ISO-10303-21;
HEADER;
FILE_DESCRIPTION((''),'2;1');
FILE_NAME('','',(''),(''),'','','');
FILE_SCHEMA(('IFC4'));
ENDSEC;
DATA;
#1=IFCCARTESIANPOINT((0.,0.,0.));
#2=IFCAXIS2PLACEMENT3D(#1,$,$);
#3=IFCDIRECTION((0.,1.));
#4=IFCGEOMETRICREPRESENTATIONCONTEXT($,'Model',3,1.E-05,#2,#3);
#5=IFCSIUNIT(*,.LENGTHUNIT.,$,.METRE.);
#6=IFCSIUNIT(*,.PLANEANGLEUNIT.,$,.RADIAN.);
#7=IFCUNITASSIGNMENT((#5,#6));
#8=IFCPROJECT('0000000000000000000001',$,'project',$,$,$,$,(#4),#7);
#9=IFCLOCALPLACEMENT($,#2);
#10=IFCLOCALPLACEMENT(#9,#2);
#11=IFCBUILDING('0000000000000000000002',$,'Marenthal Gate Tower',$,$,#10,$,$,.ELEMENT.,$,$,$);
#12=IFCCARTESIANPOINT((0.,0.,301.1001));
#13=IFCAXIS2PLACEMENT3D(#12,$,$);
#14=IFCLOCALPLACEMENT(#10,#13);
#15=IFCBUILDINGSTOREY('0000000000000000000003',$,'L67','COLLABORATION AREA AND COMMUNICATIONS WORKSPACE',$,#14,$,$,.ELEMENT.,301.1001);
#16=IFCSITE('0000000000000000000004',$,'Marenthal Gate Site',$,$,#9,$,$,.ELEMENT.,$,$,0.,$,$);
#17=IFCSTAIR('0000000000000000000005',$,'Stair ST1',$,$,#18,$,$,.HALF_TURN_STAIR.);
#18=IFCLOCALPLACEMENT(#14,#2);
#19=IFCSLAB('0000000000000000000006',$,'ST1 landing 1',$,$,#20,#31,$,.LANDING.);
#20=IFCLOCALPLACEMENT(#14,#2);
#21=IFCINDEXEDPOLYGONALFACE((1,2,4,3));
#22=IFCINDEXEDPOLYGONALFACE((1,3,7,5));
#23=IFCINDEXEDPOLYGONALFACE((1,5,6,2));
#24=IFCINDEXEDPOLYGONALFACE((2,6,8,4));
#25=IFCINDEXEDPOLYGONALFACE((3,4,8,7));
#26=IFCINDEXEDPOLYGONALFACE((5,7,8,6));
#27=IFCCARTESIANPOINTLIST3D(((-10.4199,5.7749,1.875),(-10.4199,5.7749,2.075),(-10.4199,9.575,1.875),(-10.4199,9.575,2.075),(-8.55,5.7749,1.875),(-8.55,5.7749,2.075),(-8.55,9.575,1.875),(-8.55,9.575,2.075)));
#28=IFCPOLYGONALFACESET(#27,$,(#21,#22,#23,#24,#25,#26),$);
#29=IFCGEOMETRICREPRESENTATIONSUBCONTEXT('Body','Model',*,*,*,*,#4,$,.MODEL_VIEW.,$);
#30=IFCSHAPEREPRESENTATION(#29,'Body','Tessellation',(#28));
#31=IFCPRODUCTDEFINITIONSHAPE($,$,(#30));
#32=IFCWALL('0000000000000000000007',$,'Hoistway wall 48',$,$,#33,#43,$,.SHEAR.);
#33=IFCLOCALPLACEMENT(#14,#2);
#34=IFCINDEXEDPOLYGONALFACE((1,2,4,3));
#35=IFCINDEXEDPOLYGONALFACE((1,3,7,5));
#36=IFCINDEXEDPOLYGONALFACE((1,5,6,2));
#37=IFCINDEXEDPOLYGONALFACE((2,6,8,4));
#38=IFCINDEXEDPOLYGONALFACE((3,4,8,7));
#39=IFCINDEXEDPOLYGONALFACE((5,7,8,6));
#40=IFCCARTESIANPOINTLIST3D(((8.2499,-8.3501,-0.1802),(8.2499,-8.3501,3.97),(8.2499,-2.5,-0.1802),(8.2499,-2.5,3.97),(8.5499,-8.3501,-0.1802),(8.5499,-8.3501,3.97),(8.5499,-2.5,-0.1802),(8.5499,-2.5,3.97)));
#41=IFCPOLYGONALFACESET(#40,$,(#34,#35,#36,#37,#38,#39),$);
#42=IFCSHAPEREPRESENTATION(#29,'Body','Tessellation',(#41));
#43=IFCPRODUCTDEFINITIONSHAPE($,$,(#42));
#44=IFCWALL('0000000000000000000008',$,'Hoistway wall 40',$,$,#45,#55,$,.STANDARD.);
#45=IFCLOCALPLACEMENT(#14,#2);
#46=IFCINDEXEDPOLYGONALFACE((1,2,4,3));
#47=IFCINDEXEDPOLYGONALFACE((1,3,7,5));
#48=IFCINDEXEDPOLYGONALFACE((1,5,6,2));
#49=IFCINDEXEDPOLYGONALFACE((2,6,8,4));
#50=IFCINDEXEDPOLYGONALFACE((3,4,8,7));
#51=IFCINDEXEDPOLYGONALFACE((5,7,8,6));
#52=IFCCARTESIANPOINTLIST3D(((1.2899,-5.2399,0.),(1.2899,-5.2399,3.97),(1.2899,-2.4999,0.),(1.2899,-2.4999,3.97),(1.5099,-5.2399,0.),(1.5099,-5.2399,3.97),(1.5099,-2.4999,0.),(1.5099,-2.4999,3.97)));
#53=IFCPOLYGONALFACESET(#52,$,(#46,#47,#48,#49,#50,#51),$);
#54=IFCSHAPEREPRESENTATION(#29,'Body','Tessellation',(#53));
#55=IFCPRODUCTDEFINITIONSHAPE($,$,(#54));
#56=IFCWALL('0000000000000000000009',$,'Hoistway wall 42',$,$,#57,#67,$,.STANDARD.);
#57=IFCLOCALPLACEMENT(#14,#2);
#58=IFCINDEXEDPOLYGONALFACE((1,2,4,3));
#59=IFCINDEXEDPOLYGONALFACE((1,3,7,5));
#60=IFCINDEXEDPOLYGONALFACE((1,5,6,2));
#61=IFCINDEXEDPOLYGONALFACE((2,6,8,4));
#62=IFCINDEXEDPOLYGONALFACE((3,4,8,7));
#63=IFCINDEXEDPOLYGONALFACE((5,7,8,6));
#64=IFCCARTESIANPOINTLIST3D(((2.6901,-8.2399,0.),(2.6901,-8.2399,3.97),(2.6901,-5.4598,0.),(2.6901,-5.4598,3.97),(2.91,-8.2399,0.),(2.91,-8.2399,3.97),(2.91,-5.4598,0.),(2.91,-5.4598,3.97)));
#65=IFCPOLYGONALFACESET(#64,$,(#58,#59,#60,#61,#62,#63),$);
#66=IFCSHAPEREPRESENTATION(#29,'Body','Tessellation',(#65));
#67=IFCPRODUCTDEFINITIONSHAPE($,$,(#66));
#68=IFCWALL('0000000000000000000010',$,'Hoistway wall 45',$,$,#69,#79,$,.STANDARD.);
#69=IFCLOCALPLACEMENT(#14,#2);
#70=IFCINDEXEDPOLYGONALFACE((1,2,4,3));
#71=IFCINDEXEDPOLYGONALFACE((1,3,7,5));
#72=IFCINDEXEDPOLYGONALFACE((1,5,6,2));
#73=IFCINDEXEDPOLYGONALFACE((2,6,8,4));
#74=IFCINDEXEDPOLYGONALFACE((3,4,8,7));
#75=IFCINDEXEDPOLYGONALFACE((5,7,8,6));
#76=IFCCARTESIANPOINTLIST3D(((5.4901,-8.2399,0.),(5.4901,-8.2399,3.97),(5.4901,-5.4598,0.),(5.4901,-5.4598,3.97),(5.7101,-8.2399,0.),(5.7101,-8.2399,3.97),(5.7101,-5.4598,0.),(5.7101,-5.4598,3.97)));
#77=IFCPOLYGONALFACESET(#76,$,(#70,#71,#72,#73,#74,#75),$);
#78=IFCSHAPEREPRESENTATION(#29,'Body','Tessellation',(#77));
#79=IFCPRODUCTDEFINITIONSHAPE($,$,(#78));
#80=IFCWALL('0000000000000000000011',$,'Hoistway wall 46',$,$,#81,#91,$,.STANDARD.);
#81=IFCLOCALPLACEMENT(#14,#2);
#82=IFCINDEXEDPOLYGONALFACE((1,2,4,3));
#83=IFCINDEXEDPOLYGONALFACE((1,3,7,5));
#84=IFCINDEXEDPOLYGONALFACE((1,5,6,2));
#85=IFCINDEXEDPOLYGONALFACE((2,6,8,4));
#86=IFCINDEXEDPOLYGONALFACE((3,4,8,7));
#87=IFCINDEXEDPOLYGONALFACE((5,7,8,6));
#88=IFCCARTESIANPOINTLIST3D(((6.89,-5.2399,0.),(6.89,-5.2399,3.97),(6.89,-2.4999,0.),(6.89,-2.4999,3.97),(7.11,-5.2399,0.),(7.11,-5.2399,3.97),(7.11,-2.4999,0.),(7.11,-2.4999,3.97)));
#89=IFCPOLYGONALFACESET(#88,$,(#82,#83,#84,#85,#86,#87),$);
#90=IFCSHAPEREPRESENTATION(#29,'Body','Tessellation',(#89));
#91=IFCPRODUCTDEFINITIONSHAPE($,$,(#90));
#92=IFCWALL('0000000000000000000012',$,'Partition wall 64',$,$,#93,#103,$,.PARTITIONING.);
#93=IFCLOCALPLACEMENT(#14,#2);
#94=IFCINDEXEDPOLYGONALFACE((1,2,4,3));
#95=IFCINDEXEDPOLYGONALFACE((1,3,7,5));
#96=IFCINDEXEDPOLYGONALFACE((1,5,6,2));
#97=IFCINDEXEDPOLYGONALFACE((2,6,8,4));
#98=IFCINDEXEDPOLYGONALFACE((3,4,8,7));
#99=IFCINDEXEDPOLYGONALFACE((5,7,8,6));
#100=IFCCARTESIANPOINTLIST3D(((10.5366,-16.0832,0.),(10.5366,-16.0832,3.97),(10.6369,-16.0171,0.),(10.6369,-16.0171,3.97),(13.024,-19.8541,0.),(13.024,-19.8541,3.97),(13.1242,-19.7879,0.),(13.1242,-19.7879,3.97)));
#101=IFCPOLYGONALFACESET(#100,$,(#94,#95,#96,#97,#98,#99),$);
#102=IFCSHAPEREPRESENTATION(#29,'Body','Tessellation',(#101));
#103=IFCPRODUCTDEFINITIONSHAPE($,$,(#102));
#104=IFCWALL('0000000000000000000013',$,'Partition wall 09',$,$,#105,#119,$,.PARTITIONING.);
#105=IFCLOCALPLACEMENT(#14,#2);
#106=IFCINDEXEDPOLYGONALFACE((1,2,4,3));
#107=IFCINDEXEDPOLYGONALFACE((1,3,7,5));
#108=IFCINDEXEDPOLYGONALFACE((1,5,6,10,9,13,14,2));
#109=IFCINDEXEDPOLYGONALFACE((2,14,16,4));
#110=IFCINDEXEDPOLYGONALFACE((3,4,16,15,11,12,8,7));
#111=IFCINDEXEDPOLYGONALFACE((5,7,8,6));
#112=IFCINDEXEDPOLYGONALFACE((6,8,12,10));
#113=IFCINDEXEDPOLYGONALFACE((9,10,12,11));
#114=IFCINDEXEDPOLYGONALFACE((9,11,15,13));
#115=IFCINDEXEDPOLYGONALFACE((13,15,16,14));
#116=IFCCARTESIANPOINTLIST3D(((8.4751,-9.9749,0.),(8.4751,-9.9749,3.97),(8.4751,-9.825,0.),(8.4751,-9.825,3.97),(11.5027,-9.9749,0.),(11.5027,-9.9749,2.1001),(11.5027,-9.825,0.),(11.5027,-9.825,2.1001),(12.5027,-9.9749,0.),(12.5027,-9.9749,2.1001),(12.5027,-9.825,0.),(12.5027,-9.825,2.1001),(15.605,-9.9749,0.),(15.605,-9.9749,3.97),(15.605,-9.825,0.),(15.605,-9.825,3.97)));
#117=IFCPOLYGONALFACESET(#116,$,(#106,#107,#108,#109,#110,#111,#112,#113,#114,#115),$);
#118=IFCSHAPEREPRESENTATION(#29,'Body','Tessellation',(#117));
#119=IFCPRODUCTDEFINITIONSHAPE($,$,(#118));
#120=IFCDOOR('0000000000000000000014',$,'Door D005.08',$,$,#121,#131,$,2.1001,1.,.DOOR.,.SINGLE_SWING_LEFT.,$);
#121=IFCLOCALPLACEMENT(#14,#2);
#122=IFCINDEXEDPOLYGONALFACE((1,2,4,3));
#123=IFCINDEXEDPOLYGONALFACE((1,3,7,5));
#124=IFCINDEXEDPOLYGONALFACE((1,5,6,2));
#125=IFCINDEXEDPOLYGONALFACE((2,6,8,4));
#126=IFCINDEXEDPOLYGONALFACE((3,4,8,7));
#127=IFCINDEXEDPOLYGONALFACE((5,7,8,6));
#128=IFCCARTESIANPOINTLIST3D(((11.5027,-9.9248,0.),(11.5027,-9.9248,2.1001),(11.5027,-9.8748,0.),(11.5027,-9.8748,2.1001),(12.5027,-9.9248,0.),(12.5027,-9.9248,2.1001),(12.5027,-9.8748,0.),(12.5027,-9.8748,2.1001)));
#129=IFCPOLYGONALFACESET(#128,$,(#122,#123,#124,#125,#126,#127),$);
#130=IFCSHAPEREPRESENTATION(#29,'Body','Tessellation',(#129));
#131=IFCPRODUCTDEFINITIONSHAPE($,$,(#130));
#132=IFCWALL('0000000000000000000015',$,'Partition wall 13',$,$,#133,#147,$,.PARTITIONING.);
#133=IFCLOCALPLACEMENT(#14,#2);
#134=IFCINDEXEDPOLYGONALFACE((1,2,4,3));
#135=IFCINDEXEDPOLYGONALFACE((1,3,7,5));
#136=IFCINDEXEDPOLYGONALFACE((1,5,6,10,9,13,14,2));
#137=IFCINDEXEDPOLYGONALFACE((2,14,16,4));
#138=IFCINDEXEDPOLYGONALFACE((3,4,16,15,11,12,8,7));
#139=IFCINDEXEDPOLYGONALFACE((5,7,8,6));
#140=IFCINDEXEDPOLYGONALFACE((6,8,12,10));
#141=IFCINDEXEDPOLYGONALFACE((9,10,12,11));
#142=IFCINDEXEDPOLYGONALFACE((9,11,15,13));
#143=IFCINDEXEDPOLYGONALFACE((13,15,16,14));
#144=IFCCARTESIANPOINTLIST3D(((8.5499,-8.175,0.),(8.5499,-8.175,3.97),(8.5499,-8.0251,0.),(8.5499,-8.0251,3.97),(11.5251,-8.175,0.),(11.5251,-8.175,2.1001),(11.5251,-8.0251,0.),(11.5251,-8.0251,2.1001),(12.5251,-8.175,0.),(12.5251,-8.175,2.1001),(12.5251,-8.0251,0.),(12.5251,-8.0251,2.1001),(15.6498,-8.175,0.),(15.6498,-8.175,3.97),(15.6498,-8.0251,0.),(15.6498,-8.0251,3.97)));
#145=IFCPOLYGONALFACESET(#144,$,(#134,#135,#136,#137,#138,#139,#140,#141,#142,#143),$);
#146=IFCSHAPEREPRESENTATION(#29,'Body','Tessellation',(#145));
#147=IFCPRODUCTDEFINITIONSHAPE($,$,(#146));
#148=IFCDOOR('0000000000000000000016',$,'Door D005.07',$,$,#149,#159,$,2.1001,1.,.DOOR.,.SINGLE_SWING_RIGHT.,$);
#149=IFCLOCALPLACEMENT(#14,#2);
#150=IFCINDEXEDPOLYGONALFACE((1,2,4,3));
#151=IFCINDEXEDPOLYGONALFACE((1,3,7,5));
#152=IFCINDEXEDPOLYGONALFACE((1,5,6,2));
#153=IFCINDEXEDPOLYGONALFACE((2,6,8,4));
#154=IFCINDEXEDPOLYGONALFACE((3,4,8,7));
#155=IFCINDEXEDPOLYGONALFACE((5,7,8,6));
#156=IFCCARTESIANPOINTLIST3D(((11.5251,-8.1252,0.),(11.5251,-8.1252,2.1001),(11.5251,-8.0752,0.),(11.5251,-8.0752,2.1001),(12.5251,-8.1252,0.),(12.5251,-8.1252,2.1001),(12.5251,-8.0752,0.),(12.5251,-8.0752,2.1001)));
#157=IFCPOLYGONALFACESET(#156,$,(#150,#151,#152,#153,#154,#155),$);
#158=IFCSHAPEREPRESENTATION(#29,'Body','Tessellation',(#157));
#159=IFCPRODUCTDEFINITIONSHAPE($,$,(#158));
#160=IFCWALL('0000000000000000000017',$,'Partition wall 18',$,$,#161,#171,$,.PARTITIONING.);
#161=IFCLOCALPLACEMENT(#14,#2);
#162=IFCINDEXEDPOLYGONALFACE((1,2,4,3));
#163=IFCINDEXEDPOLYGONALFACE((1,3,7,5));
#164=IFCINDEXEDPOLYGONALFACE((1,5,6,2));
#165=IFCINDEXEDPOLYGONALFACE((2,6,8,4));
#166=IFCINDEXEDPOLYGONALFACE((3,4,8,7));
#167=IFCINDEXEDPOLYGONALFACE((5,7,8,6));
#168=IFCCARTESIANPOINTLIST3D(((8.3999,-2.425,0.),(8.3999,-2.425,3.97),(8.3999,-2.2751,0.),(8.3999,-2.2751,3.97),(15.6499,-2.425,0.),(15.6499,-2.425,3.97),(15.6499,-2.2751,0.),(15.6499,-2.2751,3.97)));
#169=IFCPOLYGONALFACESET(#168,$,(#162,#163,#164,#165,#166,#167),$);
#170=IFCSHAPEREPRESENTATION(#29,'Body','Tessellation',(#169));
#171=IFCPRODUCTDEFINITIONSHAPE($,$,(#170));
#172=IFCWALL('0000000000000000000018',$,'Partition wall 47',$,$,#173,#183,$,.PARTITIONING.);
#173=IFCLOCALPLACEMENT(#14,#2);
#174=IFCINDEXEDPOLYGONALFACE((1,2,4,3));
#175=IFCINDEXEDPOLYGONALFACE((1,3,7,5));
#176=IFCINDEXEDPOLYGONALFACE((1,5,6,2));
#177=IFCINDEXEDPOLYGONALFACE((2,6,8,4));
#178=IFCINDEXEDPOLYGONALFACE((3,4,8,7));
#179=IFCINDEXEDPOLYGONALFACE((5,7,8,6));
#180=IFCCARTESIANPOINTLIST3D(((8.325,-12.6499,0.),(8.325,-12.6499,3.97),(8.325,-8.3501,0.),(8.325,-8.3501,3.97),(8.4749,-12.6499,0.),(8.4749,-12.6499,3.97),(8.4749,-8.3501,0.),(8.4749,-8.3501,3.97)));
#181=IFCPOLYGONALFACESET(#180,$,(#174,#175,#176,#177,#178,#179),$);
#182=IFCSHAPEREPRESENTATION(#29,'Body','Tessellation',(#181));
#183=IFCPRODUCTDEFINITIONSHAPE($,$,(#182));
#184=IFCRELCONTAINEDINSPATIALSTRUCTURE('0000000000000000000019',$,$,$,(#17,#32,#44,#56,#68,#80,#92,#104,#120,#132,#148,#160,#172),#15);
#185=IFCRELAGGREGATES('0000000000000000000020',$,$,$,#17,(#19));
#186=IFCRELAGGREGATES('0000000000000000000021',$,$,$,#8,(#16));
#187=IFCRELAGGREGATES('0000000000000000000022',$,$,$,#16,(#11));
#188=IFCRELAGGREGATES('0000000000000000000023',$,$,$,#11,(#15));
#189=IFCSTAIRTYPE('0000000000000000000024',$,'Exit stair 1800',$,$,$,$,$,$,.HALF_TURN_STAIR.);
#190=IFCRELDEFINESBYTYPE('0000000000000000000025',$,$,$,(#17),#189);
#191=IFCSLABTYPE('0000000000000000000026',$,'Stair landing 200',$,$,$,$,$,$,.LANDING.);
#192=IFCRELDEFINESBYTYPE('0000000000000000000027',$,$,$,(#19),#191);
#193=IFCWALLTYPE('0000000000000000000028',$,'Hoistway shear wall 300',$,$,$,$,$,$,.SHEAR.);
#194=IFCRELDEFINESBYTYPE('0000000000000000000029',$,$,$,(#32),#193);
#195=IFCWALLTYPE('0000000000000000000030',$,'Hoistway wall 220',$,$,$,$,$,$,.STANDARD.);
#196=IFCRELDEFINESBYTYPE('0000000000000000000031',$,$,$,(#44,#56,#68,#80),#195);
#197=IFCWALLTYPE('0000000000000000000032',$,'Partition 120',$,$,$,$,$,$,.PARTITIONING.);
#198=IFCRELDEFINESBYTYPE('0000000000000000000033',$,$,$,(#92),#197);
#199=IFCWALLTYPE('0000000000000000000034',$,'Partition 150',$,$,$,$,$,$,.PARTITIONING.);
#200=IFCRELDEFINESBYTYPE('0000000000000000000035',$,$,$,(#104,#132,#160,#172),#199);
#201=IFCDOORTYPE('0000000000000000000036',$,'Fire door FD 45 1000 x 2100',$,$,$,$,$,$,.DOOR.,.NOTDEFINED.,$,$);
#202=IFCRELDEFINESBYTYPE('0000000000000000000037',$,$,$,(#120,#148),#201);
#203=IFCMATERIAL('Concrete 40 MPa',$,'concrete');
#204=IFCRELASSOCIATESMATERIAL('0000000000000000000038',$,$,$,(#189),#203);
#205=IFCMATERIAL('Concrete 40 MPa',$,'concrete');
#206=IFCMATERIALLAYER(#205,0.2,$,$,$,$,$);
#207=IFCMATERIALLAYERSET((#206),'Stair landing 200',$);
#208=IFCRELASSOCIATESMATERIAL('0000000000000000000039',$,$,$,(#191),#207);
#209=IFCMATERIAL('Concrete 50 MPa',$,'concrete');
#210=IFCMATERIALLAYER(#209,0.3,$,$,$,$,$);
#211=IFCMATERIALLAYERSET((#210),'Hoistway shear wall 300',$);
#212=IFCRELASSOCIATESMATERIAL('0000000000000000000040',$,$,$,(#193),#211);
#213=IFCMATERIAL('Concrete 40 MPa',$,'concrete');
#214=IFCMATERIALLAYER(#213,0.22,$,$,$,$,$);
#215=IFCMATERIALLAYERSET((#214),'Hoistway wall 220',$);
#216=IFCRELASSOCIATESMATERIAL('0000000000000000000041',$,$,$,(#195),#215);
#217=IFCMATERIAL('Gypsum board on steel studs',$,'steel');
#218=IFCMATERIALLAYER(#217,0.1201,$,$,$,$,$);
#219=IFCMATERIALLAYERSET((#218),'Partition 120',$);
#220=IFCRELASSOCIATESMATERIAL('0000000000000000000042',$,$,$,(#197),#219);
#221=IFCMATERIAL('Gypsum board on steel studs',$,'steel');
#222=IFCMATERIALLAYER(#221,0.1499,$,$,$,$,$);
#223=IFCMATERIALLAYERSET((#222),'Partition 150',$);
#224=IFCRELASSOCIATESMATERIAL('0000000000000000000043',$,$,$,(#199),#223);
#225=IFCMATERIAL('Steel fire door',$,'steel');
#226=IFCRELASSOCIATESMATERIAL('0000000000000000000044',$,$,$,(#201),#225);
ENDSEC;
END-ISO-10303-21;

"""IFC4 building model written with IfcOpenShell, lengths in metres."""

from ifc_helpers import new_model, si_unit, direction, frame, frame_2d, origin, place, context, subcontext, project, spatial, polyline, rectangle, outline, extrude, material, layer, layer_set, type_object, element, fill, aggregate, save


model = new_model("IFC4")

# Units and contexts
model_context = context("Model", 3, precision=1e-05, world=origin(), true_north=direction((0.0, 1.0)))
body_context = subcontext(model_context, "Body", "Model", "MODEL_VIEW")
ifc_project = project(units=[si_unit("LENGTHUNIT", "METRE"), si_unit("PLANEANGLEUNIT", "RADIAN")], contexts=[model_context])

# Site, building, storey
site_placement = place(None, origin())
site = spatial("IfcSite", under=ifc_project, at=site_placement, Name="Marenthal Gate Site", CompositionType="ELEMENT", RefElevation=0.0)
building_placement = place(site_placement, origin())
building = spatial("IfcBuilding", under=site, at=building_placement, Name="Marenthal Gate Tower", CompositionType="ELEMENT")
storey_placement = place(building_placement, frame((0.0, 0.0, 301.1001)))
storey = spatial("IfcBuildingStorey", under=building, at=storey_placement, Name="L67", Description="COLLABORATION AREA AND COMMUNICATIONS WORKSPACE", CompositionType="ELEMENT", Elevation=301.1001)

# Stair, slab
ifc_material_1 = material(Name="Concrete 40 MPa", Category="concrete")
stair_type = type_object("IfcStairType", Name="Exit stair 1800", PredefinedType="HALF_TURN_STAIR", material=ifc_material_1)
stair_placement = place(storey_placement, origin())
stair = element("IfcStair", 1, at=stair_placement, inside=storey, type_object=stair_type, Name="Stair ST1", PredefinedType="HALF_TURN_STAIR")
ifc_material_2 = material(Name="Concrete 40 MPa", Category="concrete")
ifc_layer_1 = layer(ifc_material_2, 0.2)
ifc_layer_set_1 = layer_set([ifc_layer_1], Name="Stair landing 200")
slab_type_1 = type_object("IfcSlabType", Name="Stair landing 200", PredefinedType="LANDING", material=ifc_layer_set_1)
slab_1_placement = place(storey_placement, frame((0.0, 0.0, 1.875)))
slab_1 = element("IfcSlab", 2, at=slab_1_placement, type_object=slab_type_1, Name="ST1 landing 1", PredefinedType="LANDING", context=body_context, shape_type="SweptSolid", body=[
    extrude(outline(polyline([(-10.4199, 5.7749), (-8.55, 5.7749), (-8.55, 9.575), (-10.4199, 9.575), (-10.4199, 5.7749)])), origin(), (0.0, 0.0, 1.0), 0.2),
])
aggregate(stair, [slab_1])

# Walls
ifc_material_3 = material(Name="Concrete 50 MPa", Category="concrete")
ifc_layer_2 = layer(ifc_material_3, 0.3)
ifc_layer_set_2 = layer_set([ifc_layer_2], Name="Hoistway shear wall 300")
wall_type_1 = type_object("IfcWallType", Name="Hoistway shear wall 300", PredefinedType="SHEAR", material=ifc_layer_set_2)
wall_1_placement = place(storey_placement, frame((8.3999, -8.3501, -0.1802), z_axis=(0.0, 0.0, 1.0), x_axis=(0.0, 1.0, 0.0)))
element("IfcWall", 3, at=wall_1_placement, inside=storey, type_object=wall_type_1, Name="Hoistway wall 48", PredefinedType="SHEAR", context=body_context, shape_type="SweptSolid", body=[
    extrude(rectangle(XDim=5.8501, YDim=0.3, at=frame_2d((2.925, 0.0))), origin(), (0.0, 0.0, 1.0), 4.1501),
])
ifc_material_4 = material(Name="Concrete 40 MPa", Category="concrete")
ifc_layer_3 = layer(ifc_material_4, 0.22)
ifc_layer_set_3 = layer_set([ifc_layer_3], Name="Hoistway wall 220")
wall_type_2 = type_object("IfcWallType", Name="Hoistway wall 220", PredefinedType="STANDARD", material=ifc_layer_set_3)
wall_2_placement = place(storey_placement, frame((1.3999, -5.24, 0.0), z_axis=(0.0, 0.0, 1.0), x_axis=(0.0, 1.0, 0.0)))
element("IfcWall", 4, at=wall_2_placement, inside=storey, type_object=wall_type_2, Name="Hoistway wall 40", PredefinedType="STANDARD", context=body_context, shape_type="SweptSolid", body=[
    extrude(rectangle(XDim=2.74, YDim=0.22, at=frame_2d((1.3701, 0.0))), origin(), (0.0, 0.0, 1.0), 3.97),
])
for number, where, z_axis, x_axis, name in (
    (5, (2.8, -8.24, 0.0), (0.0, 0.0, 1.0), (0.0, 1.0, 0.0), "Hoistway wall 42"),
    (6, (5.6001, -8.24, 0.0), (0.0, 0.0, 1.0), (0.0, 1.0, 0.0), "Hoistway wall 45"),
):
    element("IfcWall", number, at=place(storey_placement, frame(where, z_axis=z_axis, x_axis=x_axis)), inside=storey, type_object=wall_type_2, Name=name, PredefinedType="STANDARD", context=body_context, shape_type="SweptSolid", body=[
        extrude(rectangle(XDim=2.78, YDim=0.22, at=frame_2d((1.3901, 0.0))), origin(), (0.0, 0.0, 1.0), 3.97),
    ])
wall_3_placement = place(storey_placement, frame((7.0, -5.24, 0.0), z_axis=(0.0, 0.0, 1.0), x_axis=(0.0, 1.0, 0.0)))
element("IfcWall", 7, at=wall_3_placement, inside=storey, type_object=wall_type_2, Name="Hoistway wall 46", PredefinedType="STANDARD", context=body_context, shape_type="SweptSolid", body=[
    extrude(rectangle(XDim=2.74, YDim=0.22, at=frame_2d((1.3701, 0.0))), origin(), (0.0, 0.0, 1.0), 3.97),
])
ifc_material_5 = material(Name="Gypsum board on steel studs", Category="steel")
ifc_layer_4 = layer(ifc_material_5, 0.1201)
ifc_layer_set_4 = layer_set([ifc_layer_4], Name="Partition 120")
wall_type_3 = type_object("IfcWallType", Name="Partition 120", PredefinedType="PARTITIONING", material=ifc_layer_set_4)
wall_4_placement = place(storey_placement, frame((10.5867, -16.05, 0.0), z_axis=(0.0, 0.0, 1.0), x_axis=(0.550628, -0.834751, 0.0)))
element("IfcWall", 8, at=wall_4_placement, inside=storey, type_object=wall_type_3, Name="Partition wall 64", PredefinedType="PARTITIONING", context=body_context, shape_type="SweptSolid", body=[
    extrude(rectangle(XDim=4.5173, YDim=0.1201, at=frame_2d((2.2588, 0.0))), origin(), (0.0, 0.0, 1.0), 3.97),
])

# Walls, openings, doors
ifc_material_6 = material(Name="Gypsum board on steel studs", Category="steel")
ifc_layer_5 = layer(ifc_material_6, 0.1499)
ifc_layer_set_5 = layer_set([ifc_layer_5], Name="Partition 150")
wall_type_4 = type_object("IfcWallType", Name="Partition 150", PredefinedType="PARTITIONING", material=ifc_layer_set_5)
wall_5_placement = place(storey_placement, frame((8.4751, -9.8999, 0.0), z_axis=(0.0, 0.0, 1.0), x_axis=(1.0, 0.0, 0.0)))
wall_5 = element("IfcWall", 9, at=wall_5_placement, inside=storey, type_object=wall_type_4, Name="Partition wall 09", PredefinedType="PARTITIONING", context=body_context, shape_type="SweptSolid", body=[
    extrude(rectangle(XDim=7.1299, YDim=0.1499, at=frame_2d((3.5649, 0.0))), origin(), (0.0, 0.0, 1.0), 3.97),
])
opening_1_placement = place(wall_5_placement, frame((3.0276, 0.0, 0.0)))
opening_1 = element("IfcOpeningElement", 10, at=opening_1_placement, cuts=wall_5, PredefinedType="OPENING", context=body_context, shape_type="SweptSolid", body=[
    extrude(rectangle(XDim=1.0, YDim=2.1001, at=frame_2d((0.5, 1.05))), frame((0.0, 0.085, 0.0), z_axis=(0.0, -1.0, 0.0), x_axis=(1.0, 0.0, 0.0)), (0.0, 0.0, 1.0), 0.1699),
])
ifc_material_7 = material(Name="Steel fire door", Category="steel")
door_type_1 = type_object("IfcDoorType", Name="Fire door FD 45 1000 x 2100", OperationType="NOTDEFINED", PredefinedType="DOOR", material=ifc_material_7)
door_1_placement = place(opening_1_placement, frame((1.0, 0.0, 0.0), z_axis=(0.0, 0.0, 1.0), x_axis=(-1.0, 0.0, 0.0)))
door_1 = element("IfcDoor", 11, at=door_1_placement, inside=storey, type_object=door_type_1, Name="Door D005.08", OperationType="SINGLE_SWING_LEFT", OverallHeight=2.1001, OverallWidth=1.0, PredefinedType="DOOR", context=body_context, shape_type="SweptSolid", body=[
    extrude(rectangle(XDim=1.0, YDim=2.1001, at=frame_2d((0.5, 1.05))), frame((0.0, 0.0249, 0.0), z_axis=(0.0, -1.0, 0.0), x_axis=(1.0, 0.0, 0.0)), (0.0, 0.0, 1.0), 0.05),
])
fill(opening_1, door_1)
wall_6_placement = place(storey_placement, frame((8.55, -8.1001, 0.0), z_axis=(0.0, 0.0, 1.0), x_axis=(1.0, 0.0, 0.0)))
wall_6 = element("IfcWall", 12, at=wall_6_placement, inside=storey, type_object=wall_type_4, Name="Partition wall 13", PredefinedType="PARTITIONING", context=body_context, shape_type="SweptSolid", body=[
    extrude(rectangle(XDim=7.0999, YDim=0.1499, at=frame_2d((3.5498, 0.0))), origin(), (0.0, 0.0, 1.0), 3.97),
])
opening_2_placement = place(wall_6_placement, frame((2.9751, 0.0, 0.0)))
opening_2 = element("IfcOpeningElement", 13, at=opening_2_placement, cuts=wall_6, PredefinedType="OPENING", context=body_context, shape_type="SweptSolid", body=[
    extrude(rectangle(XDim=1.0, YDim=2.1001, at=frame_2d((0.5, 1.05))), frame((0.0, 0.085, 0.0), z_axis=(0.0, -1.0, 0.0), x_axis=(1.0, 0.0, 0.0)), (0.0, 0.0, 1.0), 0.1699),
])
door_2_placement = place(opening_2_placement, origin())
door_2 = element("IfcDoor", 14, at=door_2_placement, inside=storey, type_object=door_type_1, Name="Door D005.07", OperationType="SINGLE_SWING_RIGHT", OverallHeight=2.1001, OverallWidth=1.0, PredefinedType="DOOR", context=body_context, shape_type="SweptSolid", body=[
    extrude(rectangle(XDim=1.0, YDim=2.1001, at=frame_2d((0.5, 1.05))), frame((0.0, 0.0249, 0.0), z_axis=(0.0, -1.0, 0.0), x_axis=(1.0, 0.0, 0.0)), (0.0, 0.0, 1.0), 0.05),
])
fill(opening_2, door_2)

# Walls
wall_7_placement = place(storey_placement, frame((8.3999, -2.3501, 0.0), z_axis=(0.0, 0.0, 1.0), x_axis=(1.0, 0.0, 0.0)))
element("IfcWall", 15, at=wall_7_placement, inside=storey, type_object=wall_type_4, Name="Partition wall 18", PredefinedType="PARTITIONING", context=body_context, shape_type="SweptSolid", body=[
    extrude(rectangle(XDim=7.25, YDim=0.1499, at=frame_2d((3.625, 0.0))), origin(), (0.0, 0.0, 1.0), 3.97),
])
wall_8_placement = place(storey_placement, frame((8.3999, -12.6499, 0.0), z_axis=(0.0, 0.0, 1.0), x_axis=(0.0, 1.0, 0.0)))
element("IfcWall", 16, at=wall_8_placement, inside=storey, type_object=wall_type_4, Name="Partition wall 47", PredefinedType="PARTITIONING", context=body_context, shape_type="SweptSolid", body=[
    extrude(rectangle(XDim=4.2998, YDim=0.1499, at=frame_2d((2.1499, 0.0))), origin(), (0.0, 0.0, 1.0), 3.97),
])

save(model, "model.ifc")
